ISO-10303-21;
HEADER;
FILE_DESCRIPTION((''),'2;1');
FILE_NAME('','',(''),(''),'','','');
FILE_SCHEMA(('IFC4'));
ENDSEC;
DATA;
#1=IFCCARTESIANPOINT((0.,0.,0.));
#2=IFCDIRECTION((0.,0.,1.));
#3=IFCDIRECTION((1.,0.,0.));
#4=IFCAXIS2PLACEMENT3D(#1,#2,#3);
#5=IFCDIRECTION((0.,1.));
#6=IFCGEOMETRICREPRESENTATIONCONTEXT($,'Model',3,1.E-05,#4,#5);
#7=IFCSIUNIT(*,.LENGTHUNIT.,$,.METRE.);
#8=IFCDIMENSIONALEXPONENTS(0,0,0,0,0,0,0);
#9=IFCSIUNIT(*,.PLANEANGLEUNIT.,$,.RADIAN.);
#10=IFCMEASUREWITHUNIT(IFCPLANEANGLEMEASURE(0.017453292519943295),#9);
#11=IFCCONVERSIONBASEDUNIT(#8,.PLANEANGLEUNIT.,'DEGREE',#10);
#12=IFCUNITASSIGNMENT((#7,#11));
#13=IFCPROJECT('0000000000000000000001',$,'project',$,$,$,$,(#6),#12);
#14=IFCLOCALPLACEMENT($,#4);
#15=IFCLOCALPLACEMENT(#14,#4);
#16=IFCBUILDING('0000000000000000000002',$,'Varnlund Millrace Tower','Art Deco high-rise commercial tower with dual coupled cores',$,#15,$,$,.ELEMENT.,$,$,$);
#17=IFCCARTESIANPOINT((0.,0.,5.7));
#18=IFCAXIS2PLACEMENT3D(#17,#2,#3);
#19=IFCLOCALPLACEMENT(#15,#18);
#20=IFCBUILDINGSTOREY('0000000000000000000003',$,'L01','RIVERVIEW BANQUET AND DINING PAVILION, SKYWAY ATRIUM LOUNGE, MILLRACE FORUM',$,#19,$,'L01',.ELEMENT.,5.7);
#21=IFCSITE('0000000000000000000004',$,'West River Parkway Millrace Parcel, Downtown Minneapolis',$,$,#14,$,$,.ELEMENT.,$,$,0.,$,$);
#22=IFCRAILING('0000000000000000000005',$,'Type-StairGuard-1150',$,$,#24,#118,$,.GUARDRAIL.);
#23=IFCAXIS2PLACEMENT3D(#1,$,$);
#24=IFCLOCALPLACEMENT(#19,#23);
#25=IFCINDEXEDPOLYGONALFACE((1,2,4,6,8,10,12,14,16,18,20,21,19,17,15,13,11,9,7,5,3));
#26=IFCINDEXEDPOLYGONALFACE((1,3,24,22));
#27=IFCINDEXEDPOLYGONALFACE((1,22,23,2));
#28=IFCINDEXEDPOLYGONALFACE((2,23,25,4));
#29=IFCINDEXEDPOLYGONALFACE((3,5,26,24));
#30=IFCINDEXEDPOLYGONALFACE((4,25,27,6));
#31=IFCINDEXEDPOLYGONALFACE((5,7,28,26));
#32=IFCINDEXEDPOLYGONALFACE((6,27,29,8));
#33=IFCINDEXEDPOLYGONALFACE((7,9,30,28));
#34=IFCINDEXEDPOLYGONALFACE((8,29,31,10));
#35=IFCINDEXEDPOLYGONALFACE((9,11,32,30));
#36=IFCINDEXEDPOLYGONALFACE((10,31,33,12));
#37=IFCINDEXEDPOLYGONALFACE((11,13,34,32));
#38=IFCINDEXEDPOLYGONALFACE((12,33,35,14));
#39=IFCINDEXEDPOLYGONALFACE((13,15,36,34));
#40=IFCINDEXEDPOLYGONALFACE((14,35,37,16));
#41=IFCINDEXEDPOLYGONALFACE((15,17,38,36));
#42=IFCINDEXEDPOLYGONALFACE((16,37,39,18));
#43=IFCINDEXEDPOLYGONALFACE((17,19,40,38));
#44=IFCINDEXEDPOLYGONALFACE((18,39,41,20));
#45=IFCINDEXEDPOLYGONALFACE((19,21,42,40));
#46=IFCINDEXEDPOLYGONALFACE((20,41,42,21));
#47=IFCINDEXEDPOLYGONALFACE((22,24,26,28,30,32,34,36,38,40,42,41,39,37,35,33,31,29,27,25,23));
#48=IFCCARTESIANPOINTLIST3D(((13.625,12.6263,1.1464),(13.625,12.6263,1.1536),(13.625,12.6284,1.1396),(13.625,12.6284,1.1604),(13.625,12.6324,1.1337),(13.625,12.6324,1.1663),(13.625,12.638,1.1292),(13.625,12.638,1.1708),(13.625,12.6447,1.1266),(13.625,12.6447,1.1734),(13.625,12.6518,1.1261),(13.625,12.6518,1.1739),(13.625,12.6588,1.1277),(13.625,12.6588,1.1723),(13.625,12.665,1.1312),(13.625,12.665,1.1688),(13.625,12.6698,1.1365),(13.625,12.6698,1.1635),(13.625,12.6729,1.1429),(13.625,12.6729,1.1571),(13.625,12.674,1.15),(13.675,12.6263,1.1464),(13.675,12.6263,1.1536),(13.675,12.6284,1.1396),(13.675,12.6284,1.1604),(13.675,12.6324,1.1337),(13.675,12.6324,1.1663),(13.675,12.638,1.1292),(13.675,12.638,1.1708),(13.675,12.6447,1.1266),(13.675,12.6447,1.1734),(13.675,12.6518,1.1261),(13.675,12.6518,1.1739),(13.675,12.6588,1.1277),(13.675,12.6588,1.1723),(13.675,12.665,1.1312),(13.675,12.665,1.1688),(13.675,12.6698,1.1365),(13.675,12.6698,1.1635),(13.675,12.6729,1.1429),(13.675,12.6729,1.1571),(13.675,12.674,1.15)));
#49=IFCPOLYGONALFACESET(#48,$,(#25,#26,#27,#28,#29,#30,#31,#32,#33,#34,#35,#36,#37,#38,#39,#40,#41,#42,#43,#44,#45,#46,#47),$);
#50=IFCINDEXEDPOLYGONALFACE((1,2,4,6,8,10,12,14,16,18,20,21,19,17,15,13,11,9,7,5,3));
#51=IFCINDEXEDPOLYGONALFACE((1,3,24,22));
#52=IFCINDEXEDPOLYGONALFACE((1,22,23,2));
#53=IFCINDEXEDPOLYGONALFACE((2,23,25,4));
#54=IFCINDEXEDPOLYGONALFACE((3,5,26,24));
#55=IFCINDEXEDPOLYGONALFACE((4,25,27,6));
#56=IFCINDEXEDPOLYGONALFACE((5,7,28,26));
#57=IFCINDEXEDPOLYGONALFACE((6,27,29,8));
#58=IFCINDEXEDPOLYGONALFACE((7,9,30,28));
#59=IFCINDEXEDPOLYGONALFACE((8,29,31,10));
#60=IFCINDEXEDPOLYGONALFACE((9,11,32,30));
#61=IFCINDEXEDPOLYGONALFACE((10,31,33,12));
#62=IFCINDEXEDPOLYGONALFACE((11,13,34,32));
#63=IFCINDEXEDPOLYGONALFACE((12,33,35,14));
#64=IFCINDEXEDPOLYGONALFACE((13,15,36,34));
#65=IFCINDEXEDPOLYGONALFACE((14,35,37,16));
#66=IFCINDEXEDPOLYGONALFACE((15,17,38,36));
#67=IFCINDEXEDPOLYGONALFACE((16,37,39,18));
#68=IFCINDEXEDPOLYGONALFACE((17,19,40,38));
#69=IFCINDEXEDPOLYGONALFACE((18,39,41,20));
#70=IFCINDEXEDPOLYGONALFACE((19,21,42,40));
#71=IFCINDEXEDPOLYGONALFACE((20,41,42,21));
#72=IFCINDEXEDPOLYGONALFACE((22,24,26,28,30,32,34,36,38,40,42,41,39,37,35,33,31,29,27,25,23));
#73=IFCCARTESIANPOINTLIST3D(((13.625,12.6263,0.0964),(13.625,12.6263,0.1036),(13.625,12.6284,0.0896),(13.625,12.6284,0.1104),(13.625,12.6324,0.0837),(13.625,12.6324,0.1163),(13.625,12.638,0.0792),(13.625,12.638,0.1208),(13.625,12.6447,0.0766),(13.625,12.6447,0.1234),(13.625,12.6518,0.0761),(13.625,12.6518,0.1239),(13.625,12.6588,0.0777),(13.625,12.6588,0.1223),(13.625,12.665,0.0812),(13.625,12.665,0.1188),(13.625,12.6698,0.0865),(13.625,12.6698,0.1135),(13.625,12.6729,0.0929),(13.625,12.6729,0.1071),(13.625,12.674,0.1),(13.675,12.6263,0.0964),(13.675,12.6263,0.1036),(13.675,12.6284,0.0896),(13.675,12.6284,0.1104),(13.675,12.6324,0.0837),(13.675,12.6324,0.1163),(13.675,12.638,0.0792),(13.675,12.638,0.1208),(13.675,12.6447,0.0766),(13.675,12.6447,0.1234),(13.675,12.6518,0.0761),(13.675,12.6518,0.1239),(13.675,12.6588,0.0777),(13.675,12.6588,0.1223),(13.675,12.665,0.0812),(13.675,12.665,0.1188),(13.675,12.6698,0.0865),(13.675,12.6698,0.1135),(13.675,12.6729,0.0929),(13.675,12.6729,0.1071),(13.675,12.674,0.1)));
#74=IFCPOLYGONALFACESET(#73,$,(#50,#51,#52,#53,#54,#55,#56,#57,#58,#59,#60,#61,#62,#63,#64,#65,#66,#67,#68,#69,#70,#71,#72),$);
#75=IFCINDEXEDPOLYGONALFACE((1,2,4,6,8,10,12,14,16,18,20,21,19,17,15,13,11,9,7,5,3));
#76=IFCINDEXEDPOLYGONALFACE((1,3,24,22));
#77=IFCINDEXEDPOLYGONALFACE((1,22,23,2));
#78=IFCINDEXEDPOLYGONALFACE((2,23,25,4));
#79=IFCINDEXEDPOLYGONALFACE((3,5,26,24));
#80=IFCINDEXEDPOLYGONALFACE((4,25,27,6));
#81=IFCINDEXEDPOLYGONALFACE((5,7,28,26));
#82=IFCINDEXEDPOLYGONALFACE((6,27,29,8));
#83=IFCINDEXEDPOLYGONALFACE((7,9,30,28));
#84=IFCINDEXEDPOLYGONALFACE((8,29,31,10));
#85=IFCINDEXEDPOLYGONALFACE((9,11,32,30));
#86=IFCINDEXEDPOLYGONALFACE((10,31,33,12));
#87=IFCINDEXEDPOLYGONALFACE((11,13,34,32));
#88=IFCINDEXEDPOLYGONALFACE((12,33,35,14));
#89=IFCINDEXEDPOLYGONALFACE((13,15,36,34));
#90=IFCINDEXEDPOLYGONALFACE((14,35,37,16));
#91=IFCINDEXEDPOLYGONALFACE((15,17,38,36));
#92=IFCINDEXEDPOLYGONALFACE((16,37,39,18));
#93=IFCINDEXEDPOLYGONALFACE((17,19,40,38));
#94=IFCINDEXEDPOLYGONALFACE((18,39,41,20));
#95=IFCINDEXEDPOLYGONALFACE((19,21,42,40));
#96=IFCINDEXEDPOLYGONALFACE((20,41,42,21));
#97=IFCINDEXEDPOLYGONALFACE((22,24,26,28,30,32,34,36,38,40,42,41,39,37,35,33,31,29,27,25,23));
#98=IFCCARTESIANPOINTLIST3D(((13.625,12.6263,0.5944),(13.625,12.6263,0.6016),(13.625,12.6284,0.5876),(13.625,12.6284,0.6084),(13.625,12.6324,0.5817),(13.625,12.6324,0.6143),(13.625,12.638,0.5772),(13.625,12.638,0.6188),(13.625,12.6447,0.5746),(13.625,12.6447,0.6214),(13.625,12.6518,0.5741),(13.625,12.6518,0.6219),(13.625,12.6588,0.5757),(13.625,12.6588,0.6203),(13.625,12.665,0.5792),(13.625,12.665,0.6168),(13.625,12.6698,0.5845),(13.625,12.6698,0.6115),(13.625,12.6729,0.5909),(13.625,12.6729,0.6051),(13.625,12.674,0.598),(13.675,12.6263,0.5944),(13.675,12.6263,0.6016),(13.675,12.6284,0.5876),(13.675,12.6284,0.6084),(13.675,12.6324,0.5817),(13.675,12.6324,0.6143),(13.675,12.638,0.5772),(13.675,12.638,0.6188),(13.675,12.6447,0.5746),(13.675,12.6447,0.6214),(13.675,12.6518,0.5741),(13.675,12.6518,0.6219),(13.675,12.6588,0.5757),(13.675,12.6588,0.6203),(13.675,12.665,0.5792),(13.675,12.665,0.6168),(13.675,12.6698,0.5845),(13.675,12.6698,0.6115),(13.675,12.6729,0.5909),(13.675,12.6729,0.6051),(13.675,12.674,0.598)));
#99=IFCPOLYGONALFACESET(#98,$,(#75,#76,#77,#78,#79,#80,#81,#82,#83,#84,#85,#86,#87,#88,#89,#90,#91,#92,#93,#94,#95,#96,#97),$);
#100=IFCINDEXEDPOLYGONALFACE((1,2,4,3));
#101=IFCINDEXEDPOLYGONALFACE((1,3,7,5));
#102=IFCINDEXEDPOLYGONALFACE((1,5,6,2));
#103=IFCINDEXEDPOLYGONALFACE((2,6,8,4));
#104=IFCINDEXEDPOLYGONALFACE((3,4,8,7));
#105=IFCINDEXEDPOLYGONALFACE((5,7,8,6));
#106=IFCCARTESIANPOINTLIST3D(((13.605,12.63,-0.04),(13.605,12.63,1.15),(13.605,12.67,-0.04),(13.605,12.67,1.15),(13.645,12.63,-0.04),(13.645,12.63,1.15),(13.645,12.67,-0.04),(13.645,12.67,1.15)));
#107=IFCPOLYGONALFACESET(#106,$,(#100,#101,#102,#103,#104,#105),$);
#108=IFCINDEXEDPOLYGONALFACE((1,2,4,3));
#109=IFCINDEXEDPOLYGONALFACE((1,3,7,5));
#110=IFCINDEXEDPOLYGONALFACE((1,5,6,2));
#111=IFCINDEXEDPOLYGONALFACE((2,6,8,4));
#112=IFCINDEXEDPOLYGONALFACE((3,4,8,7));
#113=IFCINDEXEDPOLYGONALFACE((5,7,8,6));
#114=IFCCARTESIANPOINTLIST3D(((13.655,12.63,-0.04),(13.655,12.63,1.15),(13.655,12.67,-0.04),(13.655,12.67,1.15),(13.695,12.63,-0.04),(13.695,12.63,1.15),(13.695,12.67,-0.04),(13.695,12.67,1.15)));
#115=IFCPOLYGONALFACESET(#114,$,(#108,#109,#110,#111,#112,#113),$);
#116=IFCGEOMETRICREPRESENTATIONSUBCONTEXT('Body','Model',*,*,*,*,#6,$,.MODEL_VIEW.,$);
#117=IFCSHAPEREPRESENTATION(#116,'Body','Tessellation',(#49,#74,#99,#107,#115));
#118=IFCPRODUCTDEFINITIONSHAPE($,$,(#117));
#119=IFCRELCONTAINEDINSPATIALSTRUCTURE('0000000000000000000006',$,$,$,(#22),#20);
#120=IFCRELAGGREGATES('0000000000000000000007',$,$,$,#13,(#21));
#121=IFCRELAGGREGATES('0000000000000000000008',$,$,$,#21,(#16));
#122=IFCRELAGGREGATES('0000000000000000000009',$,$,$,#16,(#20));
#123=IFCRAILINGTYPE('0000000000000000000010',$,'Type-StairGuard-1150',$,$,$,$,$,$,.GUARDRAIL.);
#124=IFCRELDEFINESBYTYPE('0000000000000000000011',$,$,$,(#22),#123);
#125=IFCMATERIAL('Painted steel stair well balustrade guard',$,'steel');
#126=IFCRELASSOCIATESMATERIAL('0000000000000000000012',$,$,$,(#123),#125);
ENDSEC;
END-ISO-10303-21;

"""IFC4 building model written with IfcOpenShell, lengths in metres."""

from ifc_helpers import new_model, entity, si_unit, converted_unit, direction, frame, origin_with_axes, origin_2d_with_axis, place, context, subcontext, project, spatial, rectangle, circle, extrude, material, type_object, element, save


model = new_model("IFC4")

# Units and contexts
model_context = context("Model", 3, precision=1e-05, world=origin_with_axes(), true_north=direction((0.0, 1.0)))
body_context = subcontext(model_context, "Body", "Model", "MODEL_VIEW")
ifc_project = project(units=[si_unit("LENGTHUNIT", "METRE"), converted_unit("PLANEANGLEUNIT", "DEGREE", entity("IfcPlaneAngleMeasure", 0.017453292519943295), si_unit("PLANEANGLEUNIT", "RADIAN"), dimensions=[0, 0, 0, 0, 0, 0, 0])], contexts=[model_context])

# Site, building, storey
site_placement = place(None, origin_with_axes())
site = spatial("IfcSite", under=ifc_project, at=site_placement, Name="West River Parkway Millrace Parcel, Downtown Minneapolis", CompositionType="ELEMENT", RefElevation=0.0)
building_placement = place(site_placement, origin_with_axes())
building = spatial("IfcBuilding", under=site, at=building_placement, Name="Varnlund Millrace Tower", Description="Art Deco high-rise commercial tower with dual coupled cores", CompositionType="ELEMENT")
storey_placement = place(building_placement, frame((0.0, 0.0, 5.7), z_axis=(0.0, 0.0, 1.0), x_axis=(1.0, 0.0, 0.0)))
storey = spatial("IfcBuildingStorey", under=building, at=storey_placement, Name="L01", Description="RIVERVIEW BANQUET AND DINING PAVILION, SKYWAY ATRIUM LOUNGE, MILLRACE FORUM", LongName="L01", CompositionType="ELEMENT", Elevation=5.7)

# Railing
ifc_material_1 = material(Name="Painted steel stair well balustrade guard", Category="steel")
railing_type_1 = type_object("IfcRailingType", Name="Type-StairGuard-1150", PredefinedType="GUARDRAIL", material=ifc_material_1)
railing_1_placement = place(storey_placement, frame((0.0, 0.0, -5.7), z_axis=(0.0, 0.0, 1.0), x_axis=(1.0, 0.0, 0.0)))
element("IfcRailing", 1, at=railing_1_placement, inside=storey, type_object=railing_type_1, Name="Type-StairGuard-1150", PredefinedType="GUARDRAIL", context=body_context, shape_type="SweptSolid", body=[
    extrude(circle(Radius=0.024, at=origin_2d_with_axis()), frame((13.625, 12.65, 6.85), z_axis=(1.0, 0.0, 0.0), x_axis=(0.0, 1.0, 0.0)), (0.0, 0.0, 1.0), 0.05),
    extrude(circle(Radius=0.024, at=origin_2d_with_axis()), frame((13.625, 12.65, 5.8), z_axis=(1.0, 0.0, 0.0), x_axis=(0.0, 1.0, 0.0)), (0.0, 0.0, 1.0), 0.05),
    extrude(circle(Radius=0.024, at=origin_2d_with_axis()), frame((13.625, 12.65, 6.298), z_axis=(1.0, 0.0, 0.0), x_axis=(0.0, 1.0, 0.0)), (0.0, 0.0, 1.0), 0.05),
    extrude(rectangle(XDim=0.04, YDim=0.04, at=origin_2d_with_axis()), frame((13.625, 12.65, 5.66), z_axis=(0.0, 0.0, 1.0), x_axis=(1.0, 0.0, 0.0)), (0.0, 0.0, 1.0), 1.19),
    extrude(rectangle(XDim=0.04, YDim=0.04, at=origin_2d_with_axis()), frame((13.675, 12.65, 5.66), z_axis=(0.0, 0.0, 1.0), x_axis=(1.0, 0.0, 0.0)), (0.0, 0.0, 1.0), 1.19),
])

save(model, "model.ifc")
